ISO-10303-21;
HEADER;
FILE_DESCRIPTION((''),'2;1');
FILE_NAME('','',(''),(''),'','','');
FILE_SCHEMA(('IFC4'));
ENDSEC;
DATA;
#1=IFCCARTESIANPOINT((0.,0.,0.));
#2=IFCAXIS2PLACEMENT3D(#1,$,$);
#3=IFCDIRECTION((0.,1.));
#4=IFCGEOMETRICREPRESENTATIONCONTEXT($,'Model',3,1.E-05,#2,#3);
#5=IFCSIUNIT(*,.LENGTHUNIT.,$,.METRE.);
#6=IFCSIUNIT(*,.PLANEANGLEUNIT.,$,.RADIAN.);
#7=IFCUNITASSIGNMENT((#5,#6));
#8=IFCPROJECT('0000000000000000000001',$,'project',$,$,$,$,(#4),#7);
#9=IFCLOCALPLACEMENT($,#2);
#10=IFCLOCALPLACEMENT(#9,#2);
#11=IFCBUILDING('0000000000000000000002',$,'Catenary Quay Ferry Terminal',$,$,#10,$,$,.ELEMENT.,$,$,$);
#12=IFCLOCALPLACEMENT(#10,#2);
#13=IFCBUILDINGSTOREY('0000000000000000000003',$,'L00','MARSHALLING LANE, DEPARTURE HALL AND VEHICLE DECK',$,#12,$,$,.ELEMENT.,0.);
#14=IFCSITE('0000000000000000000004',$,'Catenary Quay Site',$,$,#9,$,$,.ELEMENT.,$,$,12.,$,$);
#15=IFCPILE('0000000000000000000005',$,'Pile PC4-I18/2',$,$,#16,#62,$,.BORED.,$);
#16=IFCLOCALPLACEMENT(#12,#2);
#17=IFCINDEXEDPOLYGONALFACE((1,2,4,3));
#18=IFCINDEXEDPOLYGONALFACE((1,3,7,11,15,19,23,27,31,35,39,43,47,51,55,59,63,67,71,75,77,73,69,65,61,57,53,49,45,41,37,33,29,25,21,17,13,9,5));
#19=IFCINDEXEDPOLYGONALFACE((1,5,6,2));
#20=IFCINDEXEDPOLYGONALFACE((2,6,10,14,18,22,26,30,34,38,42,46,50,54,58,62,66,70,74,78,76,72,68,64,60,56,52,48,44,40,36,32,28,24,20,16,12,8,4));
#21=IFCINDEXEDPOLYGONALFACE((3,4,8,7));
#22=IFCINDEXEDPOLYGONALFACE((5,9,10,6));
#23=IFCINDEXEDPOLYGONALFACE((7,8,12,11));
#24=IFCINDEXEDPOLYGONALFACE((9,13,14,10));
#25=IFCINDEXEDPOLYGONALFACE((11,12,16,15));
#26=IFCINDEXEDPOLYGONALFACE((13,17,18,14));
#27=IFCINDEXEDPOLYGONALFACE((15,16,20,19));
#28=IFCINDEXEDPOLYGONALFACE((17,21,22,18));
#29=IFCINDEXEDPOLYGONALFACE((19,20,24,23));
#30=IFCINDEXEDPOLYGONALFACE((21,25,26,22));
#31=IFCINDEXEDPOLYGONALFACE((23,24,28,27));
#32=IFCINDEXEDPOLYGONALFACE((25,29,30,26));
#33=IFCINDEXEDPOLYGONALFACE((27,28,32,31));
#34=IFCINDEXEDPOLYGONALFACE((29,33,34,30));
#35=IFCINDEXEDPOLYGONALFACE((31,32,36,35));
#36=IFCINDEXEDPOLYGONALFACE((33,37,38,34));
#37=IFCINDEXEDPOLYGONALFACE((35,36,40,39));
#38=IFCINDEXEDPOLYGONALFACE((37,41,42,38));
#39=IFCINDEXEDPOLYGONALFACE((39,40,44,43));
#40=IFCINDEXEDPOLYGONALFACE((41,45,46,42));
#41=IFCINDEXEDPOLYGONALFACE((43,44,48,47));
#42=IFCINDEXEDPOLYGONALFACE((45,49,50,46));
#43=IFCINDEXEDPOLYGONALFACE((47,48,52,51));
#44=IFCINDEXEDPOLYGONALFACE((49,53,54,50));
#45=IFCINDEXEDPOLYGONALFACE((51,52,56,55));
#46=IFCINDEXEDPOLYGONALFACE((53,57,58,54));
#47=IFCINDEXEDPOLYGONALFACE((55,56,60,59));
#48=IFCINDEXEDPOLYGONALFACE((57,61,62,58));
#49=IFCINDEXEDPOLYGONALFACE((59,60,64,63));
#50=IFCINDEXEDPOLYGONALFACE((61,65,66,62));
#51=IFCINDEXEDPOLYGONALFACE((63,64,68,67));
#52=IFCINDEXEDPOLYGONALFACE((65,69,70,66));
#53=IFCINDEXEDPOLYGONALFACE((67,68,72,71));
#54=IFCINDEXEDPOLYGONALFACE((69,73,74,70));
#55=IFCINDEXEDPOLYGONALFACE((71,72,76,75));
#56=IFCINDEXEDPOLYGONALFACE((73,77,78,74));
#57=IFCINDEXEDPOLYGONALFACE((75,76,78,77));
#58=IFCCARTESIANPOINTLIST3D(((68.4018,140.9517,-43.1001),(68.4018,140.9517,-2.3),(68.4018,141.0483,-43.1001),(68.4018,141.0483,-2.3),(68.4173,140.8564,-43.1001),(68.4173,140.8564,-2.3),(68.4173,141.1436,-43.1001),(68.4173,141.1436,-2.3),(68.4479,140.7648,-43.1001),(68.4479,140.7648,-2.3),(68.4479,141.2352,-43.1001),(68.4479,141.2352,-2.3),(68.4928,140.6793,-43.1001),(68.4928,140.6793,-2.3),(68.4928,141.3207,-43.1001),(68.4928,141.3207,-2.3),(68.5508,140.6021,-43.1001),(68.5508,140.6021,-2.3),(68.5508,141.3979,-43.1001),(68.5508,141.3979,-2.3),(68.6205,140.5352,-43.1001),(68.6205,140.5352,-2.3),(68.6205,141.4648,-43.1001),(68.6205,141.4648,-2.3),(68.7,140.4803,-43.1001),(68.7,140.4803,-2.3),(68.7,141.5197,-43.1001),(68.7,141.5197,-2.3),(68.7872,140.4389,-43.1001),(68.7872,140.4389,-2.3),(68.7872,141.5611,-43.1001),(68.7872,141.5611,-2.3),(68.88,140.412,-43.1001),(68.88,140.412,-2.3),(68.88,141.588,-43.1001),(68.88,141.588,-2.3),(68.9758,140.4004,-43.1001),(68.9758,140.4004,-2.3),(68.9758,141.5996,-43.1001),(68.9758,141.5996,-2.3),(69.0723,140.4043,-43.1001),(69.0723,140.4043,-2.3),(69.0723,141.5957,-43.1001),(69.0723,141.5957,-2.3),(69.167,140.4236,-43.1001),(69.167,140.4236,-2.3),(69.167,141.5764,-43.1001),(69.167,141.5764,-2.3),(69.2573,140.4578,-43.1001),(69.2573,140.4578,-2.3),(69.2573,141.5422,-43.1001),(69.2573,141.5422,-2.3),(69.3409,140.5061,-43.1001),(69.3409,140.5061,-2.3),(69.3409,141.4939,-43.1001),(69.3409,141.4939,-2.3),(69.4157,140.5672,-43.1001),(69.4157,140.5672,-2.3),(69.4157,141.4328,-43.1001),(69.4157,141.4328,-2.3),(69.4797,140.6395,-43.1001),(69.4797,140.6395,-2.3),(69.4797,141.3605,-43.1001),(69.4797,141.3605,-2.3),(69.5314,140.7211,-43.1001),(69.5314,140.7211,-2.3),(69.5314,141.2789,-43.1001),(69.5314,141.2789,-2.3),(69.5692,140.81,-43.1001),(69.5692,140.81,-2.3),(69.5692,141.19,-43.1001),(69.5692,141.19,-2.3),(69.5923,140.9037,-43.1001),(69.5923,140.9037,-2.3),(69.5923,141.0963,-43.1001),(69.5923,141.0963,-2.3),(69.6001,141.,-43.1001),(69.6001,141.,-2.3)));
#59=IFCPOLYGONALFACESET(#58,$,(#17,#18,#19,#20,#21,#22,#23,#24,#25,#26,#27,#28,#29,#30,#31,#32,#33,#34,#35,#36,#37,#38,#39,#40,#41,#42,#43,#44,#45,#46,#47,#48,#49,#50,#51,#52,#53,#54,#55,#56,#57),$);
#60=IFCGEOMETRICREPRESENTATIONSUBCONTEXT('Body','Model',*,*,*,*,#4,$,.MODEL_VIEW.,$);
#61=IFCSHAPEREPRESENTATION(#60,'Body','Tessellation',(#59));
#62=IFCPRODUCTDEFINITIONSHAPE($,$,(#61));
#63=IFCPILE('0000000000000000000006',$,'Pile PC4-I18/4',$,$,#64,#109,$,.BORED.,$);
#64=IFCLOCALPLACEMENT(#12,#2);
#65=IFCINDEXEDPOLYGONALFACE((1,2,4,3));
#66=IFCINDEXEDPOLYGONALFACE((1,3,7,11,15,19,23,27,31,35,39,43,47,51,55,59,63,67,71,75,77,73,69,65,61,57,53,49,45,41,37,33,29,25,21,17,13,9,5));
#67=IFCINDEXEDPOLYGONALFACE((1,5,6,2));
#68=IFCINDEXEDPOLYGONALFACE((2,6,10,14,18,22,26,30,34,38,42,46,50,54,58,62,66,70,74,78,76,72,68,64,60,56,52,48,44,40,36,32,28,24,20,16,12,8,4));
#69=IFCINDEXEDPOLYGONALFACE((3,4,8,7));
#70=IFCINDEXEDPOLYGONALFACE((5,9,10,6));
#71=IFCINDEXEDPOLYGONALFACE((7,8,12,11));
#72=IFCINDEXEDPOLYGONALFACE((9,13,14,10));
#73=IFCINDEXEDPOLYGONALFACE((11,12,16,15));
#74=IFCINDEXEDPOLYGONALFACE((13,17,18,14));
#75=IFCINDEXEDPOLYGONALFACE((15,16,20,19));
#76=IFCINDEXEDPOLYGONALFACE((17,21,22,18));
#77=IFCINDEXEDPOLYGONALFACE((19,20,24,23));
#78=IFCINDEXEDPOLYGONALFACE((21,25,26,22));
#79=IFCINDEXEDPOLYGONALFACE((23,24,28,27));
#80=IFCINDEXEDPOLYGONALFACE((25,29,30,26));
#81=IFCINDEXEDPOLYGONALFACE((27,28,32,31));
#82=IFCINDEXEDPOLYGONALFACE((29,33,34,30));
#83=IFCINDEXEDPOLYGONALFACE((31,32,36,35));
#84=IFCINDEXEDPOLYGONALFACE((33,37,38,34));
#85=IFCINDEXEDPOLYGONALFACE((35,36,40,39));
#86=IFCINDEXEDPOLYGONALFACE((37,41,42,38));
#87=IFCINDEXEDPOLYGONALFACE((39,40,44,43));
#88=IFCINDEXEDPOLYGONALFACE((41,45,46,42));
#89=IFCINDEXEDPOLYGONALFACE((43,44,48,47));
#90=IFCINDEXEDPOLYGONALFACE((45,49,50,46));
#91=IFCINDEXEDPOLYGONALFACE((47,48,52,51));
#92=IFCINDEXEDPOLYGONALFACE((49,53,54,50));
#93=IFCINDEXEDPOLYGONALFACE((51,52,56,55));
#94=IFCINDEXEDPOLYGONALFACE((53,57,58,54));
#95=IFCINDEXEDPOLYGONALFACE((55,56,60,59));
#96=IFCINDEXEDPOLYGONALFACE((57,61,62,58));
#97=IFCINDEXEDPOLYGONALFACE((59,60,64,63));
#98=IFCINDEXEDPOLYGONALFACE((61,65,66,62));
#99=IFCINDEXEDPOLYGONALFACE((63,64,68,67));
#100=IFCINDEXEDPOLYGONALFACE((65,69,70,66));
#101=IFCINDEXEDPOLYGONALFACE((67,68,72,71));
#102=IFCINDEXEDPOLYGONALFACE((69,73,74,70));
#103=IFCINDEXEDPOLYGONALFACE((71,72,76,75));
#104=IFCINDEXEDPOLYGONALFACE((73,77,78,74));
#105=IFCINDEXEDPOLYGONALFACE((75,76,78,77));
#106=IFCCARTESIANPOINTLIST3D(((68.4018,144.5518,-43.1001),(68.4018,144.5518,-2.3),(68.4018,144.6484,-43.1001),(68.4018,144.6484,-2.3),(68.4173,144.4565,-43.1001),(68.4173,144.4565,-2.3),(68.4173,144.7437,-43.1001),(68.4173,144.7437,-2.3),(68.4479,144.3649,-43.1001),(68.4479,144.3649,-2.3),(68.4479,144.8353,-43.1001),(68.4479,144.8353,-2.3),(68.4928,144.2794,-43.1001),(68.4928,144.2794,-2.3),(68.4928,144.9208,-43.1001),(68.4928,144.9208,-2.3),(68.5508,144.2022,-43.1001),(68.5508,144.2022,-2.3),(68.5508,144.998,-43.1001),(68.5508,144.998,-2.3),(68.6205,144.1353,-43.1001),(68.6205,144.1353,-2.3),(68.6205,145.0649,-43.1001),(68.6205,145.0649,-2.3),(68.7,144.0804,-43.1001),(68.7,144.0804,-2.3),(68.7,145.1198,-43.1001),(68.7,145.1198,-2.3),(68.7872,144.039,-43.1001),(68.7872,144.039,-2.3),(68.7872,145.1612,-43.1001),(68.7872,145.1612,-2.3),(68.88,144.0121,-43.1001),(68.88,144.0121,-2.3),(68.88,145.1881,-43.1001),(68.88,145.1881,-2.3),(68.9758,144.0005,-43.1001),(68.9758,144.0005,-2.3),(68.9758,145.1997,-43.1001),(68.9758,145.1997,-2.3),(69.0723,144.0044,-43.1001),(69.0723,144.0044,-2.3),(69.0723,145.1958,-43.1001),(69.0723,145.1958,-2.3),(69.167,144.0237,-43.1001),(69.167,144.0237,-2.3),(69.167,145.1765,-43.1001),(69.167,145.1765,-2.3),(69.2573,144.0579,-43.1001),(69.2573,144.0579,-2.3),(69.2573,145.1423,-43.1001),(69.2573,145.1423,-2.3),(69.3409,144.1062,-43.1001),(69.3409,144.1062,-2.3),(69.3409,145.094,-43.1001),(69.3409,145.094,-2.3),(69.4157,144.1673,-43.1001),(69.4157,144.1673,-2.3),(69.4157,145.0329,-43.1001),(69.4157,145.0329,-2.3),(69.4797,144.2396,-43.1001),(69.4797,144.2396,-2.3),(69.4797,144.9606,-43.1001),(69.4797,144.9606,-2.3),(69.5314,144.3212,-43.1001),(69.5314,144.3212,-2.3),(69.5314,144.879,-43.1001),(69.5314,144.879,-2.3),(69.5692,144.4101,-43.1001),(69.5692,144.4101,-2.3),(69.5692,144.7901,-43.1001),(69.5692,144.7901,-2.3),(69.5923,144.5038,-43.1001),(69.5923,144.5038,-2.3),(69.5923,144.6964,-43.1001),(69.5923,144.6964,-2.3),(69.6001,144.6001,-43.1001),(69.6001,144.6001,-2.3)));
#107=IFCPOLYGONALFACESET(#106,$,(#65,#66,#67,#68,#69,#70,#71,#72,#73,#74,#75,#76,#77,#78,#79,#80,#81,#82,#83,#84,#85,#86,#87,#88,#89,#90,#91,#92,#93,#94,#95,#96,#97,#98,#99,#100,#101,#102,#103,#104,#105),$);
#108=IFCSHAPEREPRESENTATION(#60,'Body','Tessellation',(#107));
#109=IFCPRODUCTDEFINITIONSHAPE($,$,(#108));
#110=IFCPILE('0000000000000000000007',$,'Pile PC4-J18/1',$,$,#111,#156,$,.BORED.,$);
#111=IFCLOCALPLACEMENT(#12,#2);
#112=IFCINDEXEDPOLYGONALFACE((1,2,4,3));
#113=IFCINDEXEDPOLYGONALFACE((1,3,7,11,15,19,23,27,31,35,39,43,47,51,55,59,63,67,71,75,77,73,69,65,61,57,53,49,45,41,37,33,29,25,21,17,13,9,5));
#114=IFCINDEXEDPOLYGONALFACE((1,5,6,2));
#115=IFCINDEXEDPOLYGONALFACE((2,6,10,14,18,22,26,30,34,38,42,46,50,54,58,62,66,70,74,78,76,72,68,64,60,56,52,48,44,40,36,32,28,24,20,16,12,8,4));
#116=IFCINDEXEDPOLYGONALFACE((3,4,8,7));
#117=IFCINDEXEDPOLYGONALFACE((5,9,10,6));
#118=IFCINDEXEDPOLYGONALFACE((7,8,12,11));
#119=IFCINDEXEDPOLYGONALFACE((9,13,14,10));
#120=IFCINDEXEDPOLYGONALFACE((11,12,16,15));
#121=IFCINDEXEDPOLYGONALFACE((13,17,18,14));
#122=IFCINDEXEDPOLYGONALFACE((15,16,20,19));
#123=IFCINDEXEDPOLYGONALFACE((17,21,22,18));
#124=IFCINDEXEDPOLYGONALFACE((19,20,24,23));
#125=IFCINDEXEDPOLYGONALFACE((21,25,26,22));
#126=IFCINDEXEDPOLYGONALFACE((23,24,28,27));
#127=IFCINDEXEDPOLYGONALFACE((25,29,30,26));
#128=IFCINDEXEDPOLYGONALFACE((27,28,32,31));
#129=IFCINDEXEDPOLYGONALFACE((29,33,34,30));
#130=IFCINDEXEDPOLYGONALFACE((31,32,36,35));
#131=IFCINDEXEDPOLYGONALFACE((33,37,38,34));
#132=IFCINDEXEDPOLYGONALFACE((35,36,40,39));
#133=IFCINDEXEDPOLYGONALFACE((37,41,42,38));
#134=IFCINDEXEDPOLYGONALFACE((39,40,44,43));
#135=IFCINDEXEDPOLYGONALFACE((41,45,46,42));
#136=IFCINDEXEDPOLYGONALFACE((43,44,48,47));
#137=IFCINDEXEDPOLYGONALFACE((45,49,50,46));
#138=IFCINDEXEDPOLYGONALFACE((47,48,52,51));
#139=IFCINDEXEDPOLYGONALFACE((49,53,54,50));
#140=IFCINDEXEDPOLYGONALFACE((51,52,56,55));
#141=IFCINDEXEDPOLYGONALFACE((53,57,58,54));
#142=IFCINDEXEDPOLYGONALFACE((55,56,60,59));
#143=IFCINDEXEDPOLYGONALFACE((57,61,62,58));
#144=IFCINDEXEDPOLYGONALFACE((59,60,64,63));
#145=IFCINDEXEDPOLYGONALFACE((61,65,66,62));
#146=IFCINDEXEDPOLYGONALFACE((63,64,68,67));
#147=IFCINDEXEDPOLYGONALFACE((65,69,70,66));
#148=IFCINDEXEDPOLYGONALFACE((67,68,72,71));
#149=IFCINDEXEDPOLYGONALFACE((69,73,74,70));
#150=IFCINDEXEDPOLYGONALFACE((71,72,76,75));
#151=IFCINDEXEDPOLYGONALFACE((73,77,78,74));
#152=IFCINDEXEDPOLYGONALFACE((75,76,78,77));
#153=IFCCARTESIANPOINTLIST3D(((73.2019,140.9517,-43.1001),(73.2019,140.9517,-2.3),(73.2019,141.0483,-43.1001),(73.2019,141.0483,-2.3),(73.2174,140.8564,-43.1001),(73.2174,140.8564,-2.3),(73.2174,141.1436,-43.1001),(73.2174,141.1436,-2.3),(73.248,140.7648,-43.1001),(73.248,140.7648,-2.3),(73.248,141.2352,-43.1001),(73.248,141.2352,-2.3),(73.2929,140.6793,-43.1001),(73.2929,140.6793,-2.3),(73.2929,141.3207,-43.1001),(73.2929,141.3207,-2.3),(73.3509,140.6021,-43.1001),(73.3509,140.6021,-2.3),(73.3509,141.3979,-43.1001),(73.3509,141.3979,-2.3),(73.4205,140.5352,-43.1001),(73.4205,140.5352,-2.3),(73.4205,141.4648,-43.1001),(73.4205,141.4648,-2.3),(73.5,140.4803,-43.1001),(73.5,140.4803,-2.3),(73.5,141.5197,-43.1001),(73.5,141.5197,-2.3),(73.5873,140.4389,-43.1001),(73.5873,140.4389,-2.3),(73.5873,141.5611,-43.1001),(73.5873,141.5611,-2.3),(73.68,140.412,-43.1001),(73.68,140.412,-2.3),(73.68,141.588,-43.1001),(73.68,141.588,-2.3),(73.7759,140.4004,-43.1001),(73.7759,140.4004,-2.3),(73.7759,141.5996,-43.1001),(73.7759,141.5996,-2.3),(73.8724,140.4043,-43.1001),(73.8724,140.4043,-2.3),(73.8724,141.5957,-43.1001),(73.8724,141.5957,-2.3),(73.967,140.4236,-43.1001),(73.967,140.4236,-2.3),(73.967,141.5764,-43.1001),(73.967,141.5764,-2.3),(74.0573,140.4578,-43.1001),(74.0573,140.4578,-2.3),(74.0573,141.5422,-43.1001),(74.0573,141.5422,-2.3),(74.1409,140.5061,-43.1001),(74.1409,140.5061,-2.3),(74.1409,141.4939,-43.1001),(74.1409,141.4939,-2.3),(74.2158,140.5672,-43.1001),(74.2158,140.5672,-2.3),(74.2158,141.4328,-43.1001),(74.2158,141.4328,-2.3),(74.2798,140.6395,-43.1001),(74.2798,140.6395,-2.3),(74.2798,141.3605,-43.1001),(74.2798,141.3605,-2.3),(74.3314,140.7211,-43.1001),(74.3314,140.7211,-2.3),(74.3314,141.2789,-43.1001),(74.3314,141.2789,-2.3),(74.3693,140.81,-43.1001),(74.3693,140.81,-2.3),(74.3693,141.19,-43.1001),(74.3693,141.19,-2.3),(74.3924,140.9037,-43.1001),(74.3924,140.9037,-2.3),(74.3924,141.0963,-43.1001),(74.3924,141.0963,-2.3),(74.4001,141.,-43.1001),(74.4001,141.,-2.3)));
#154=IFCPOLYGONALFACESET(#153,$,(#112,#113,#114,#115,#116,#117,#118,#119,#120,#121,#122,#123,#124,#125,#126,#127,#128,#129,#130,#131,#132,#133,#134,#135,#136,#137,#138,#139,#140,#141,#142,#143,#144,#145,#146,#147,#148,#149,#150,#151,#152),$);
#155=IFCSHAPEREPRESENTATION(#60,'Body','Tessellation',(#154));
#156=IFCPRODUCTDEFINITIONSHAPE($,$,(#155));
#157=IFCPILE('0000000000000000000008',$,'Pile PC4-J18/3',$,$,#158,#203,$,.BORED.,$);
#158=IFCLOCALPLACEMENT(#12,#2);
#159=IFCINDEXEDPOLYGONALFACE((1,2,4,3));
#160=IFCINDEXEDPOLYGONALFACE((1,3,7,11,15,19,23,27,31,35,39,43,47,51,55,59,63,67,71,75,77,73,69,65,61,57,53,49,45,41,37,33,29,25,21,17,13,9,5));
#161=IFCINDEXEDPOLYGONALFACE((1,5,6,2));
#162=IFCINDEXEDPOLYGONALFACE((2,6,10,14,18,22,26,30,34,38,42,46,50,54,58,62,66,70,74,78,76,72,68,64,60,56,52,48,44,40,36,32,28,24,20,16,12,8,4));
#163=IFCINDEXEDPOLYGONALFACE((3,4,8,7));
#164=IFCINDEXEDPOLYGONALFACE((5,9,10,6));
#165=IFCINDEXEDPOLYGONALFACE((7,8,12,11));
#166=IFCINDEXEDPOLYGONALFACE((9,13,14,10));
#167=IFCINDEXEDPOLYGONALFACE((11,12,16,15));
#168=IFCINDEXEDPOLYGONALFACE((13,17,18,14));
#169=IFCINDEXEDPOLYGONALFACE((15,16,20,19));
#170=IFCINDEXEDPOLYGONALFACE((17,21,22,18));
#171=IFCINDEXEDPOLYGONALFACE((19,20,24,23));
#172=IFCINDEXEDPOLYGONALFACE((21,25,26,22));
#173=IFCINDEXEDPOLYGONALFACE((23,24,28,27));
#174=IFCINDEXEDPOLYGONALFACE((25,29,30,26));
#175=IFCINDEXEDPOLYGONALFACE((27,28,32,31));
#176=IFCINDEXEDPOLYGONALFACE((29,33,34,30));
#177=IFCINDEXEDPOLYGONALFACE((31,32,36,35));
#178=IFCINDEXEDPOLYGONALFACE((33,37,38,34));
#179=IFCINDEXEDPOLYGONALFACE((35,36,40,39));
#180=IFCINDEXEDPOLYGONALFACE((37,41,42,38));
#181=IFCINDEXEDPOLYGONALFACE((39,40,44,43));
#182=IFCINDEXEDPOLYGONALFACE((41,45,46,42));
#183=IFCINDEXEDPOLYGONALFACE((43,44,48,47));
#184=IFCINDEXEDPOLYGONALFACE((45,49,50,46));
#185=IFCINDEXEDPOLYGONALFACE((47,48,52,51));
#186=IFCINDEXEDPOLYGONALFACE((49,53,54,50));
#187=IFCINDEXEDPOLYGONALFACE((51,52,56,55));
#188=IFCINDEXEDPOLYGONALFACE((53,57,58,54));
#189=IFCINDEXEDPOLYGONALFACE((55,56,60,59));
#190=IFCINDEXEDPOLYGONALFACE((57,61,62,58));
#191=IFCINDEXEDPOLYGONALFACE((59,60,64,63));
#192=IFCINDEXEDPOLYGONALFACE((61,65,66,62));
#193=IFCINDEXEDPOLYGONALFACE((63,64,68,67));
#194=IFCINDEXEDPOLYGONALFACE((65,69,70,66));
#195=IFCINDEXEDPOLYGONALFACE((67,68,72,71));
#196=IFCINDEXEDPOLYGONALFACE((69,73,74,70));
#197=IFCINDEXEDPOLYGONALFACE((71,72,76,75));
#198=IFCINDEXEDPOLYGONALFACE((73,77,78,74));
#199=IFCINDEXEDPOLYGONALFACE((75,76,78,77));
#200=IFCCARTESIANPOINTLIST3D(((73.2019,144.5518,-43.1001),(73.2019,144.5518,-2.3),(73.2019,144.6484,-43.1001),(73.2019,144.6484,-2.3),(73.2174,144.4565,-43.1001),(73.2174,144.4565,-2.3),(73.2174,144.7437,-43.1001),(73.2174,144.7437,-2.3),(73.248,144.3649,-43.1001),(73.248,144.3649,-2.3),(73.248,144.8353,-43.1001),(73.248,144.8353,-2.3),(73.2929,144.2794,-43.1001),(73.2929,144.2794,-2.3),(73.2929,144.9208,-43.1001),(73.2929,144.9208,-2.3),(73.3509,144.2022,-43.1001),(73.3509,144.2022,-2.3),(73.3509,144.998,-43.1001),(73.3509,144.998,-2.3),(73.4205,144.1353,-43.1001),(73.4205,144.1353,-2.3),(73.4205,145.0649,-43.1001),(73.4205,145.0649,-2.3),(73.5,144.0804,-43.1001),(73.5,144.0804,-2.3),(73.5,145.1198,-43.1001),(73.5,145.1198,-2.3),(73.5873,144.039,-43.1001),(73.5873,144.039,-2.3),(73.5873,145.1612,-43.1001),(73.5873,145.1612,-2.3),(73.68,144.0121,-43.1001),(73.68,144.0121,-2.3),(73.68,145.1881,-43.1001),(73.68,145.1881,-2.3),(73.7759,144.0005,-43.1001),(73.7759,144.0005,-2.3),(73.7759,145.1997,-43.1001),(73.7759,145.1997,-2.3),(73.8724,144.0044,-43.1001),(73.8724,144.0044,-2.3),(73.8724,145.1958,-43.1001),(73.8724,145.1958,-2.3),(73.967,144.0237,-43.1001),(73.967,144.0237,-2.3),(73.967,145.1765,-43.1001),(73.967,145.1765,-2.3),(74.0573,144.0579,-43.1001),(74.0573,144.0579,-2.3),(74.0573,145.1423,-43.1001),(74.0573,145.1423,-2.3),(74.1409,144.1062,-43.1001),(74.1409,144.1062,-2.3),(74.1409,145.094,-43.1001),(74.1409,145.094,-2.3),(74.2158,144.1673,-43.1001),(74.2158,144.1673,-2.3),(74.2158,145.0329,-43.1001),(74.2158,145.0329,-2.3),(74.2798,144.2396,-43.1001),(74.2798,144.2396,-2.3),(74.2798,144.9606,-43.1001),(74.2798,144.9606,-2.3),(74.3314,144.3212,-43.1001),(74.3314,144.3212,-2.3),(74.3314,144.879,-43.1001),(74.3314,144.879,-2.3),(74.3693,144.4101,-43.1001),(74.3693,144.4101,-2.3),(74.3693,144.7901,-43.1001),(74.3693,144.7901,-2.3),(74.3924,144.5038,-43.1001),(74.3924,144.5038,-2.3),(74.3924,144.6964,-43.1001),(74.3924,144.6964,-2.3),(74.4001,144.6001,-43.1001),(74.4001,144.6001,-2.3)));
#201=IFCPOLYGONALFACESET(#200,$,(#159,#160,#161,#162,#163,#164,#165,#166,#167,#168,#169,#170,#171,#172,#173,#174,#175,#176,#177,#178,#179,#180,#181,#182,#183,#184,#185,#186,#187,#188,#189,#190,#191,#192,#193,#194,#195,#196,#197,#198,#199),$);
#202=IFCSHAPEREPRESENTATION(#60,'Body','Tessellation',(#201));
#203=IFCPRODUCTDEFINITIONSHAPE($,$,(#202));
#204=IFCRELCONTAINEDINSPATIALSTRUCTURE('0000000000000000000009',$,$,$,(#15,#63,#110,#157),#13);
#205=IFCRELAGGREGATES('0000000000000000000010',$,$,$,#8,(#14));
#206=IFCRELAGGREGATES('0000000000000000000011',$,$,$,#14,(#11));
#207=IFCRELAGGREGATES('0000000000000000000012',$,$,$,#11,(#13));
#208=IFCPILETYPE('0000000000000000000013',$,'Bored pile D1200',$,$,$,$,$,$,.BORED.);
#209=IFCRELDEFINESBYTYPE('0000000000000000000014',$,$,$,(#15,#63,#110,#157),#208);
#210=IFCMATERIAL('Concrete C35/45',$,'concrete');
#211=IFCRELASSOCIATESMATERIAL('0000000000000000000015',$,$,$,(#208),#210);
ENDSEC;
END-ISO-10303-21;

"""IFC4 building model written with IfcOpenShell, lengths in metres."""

from ifc_helpers import new_model, si_unit, direction, frame, origin, origin_2d, place, context, subcontext, project, spatial, circle, extrude, material, material_profile, profile_set, type_object, element, save


model = new_model("IFC4")

# Units and contexts
model_context = context("Model", 3, precision=1e-05, world=origin(), true_north=direction((0.0, 1.0)))
body_context = subcontext(model_context, "Body", "Model", "MODEL_VIEW")
ifc_project = project(units=[si_unit("LENGTHUNIT", "METRE"), si_unit("PLANEANGLEUNIT", "RADIAN")], contexts=[model_context])

# Site, building, storey
site_placement = place(None, origin())
site = spatial("IfcSite", under=ifc_project, at=site_placement, Name="Catenary Quay Site", CompositionType="ELEMENT", RefElevation=12.0)
building_placement = place(site_placement, origin())
building = spatial("IfcBuilding", under=site, at=building_placement, Name="Catenary Quay Ferry Terminal", CompositionType="ELEMENT")
storey_placement = place(building_placement, origin())
storey = spatial("IfcBuildingStorey", under=building, at=storey_placement, Name="L00", Description="MARSHALLING LANE, DEPARTURE HALL AND VEHICLE DECK", CompositionType="ELEMENT", Elevation=0.0)

# Piles
ifc_material_1 = material(Name="Concrete C35/45", Category="concrete")
ifc_material_profile_1 = material_profile(ifc_material_1, circle(Radius=0.6001, at=origin_2d()), Name="D1200")
ifc_profile_set_1 = profile_set([ifc_material_profile_1], Name="Concrete C35/45")
pile_type = type_object("IfcPileType", Name="Bored pile D1200", PredefinedType="BORED", material=ifc_profile_set_1)
for number, where, z_axis, x_axis, name in (
    (1, (69.0, 141.0, -2.3), (0.0, 0.0, -1.0), (1.0, 0.0, 0.0), "Pile PC4-I18/2"),
    (2, (69.0, 144.6001, -2.3), (0.0, 0.0, -1.0), (1.0, 0.0, 0.0), "Pile PC4-I18/4"),
    (3, (73.8, 141.0, -2.3), (0.0, 0.0, -1.0), (1.0, 0.0, 0.0), "Pile PC4-J18/1"),
    (4, (73.8, 144.6001, -2.3), (0.0, 0.0, -1.0), (1.0, 0.0, 0.0), "Pile PC4-J18/3"),
):
    element("IfcPile", number, at=place(storey_placement, frame(where, z_axis=z_axis, x_axis=x_axis)), inside=storey, type_object=pile_type, Name=name, PredefinedType="BORED", context=body_context, shape_type="SweptSolid", body=[
        extrude(circle(Radius=0.6001, at=origin_2d()), origin(), (0.0, 0.0, 1.0), 40.8),
    ])

save(model, "model.ifc")
